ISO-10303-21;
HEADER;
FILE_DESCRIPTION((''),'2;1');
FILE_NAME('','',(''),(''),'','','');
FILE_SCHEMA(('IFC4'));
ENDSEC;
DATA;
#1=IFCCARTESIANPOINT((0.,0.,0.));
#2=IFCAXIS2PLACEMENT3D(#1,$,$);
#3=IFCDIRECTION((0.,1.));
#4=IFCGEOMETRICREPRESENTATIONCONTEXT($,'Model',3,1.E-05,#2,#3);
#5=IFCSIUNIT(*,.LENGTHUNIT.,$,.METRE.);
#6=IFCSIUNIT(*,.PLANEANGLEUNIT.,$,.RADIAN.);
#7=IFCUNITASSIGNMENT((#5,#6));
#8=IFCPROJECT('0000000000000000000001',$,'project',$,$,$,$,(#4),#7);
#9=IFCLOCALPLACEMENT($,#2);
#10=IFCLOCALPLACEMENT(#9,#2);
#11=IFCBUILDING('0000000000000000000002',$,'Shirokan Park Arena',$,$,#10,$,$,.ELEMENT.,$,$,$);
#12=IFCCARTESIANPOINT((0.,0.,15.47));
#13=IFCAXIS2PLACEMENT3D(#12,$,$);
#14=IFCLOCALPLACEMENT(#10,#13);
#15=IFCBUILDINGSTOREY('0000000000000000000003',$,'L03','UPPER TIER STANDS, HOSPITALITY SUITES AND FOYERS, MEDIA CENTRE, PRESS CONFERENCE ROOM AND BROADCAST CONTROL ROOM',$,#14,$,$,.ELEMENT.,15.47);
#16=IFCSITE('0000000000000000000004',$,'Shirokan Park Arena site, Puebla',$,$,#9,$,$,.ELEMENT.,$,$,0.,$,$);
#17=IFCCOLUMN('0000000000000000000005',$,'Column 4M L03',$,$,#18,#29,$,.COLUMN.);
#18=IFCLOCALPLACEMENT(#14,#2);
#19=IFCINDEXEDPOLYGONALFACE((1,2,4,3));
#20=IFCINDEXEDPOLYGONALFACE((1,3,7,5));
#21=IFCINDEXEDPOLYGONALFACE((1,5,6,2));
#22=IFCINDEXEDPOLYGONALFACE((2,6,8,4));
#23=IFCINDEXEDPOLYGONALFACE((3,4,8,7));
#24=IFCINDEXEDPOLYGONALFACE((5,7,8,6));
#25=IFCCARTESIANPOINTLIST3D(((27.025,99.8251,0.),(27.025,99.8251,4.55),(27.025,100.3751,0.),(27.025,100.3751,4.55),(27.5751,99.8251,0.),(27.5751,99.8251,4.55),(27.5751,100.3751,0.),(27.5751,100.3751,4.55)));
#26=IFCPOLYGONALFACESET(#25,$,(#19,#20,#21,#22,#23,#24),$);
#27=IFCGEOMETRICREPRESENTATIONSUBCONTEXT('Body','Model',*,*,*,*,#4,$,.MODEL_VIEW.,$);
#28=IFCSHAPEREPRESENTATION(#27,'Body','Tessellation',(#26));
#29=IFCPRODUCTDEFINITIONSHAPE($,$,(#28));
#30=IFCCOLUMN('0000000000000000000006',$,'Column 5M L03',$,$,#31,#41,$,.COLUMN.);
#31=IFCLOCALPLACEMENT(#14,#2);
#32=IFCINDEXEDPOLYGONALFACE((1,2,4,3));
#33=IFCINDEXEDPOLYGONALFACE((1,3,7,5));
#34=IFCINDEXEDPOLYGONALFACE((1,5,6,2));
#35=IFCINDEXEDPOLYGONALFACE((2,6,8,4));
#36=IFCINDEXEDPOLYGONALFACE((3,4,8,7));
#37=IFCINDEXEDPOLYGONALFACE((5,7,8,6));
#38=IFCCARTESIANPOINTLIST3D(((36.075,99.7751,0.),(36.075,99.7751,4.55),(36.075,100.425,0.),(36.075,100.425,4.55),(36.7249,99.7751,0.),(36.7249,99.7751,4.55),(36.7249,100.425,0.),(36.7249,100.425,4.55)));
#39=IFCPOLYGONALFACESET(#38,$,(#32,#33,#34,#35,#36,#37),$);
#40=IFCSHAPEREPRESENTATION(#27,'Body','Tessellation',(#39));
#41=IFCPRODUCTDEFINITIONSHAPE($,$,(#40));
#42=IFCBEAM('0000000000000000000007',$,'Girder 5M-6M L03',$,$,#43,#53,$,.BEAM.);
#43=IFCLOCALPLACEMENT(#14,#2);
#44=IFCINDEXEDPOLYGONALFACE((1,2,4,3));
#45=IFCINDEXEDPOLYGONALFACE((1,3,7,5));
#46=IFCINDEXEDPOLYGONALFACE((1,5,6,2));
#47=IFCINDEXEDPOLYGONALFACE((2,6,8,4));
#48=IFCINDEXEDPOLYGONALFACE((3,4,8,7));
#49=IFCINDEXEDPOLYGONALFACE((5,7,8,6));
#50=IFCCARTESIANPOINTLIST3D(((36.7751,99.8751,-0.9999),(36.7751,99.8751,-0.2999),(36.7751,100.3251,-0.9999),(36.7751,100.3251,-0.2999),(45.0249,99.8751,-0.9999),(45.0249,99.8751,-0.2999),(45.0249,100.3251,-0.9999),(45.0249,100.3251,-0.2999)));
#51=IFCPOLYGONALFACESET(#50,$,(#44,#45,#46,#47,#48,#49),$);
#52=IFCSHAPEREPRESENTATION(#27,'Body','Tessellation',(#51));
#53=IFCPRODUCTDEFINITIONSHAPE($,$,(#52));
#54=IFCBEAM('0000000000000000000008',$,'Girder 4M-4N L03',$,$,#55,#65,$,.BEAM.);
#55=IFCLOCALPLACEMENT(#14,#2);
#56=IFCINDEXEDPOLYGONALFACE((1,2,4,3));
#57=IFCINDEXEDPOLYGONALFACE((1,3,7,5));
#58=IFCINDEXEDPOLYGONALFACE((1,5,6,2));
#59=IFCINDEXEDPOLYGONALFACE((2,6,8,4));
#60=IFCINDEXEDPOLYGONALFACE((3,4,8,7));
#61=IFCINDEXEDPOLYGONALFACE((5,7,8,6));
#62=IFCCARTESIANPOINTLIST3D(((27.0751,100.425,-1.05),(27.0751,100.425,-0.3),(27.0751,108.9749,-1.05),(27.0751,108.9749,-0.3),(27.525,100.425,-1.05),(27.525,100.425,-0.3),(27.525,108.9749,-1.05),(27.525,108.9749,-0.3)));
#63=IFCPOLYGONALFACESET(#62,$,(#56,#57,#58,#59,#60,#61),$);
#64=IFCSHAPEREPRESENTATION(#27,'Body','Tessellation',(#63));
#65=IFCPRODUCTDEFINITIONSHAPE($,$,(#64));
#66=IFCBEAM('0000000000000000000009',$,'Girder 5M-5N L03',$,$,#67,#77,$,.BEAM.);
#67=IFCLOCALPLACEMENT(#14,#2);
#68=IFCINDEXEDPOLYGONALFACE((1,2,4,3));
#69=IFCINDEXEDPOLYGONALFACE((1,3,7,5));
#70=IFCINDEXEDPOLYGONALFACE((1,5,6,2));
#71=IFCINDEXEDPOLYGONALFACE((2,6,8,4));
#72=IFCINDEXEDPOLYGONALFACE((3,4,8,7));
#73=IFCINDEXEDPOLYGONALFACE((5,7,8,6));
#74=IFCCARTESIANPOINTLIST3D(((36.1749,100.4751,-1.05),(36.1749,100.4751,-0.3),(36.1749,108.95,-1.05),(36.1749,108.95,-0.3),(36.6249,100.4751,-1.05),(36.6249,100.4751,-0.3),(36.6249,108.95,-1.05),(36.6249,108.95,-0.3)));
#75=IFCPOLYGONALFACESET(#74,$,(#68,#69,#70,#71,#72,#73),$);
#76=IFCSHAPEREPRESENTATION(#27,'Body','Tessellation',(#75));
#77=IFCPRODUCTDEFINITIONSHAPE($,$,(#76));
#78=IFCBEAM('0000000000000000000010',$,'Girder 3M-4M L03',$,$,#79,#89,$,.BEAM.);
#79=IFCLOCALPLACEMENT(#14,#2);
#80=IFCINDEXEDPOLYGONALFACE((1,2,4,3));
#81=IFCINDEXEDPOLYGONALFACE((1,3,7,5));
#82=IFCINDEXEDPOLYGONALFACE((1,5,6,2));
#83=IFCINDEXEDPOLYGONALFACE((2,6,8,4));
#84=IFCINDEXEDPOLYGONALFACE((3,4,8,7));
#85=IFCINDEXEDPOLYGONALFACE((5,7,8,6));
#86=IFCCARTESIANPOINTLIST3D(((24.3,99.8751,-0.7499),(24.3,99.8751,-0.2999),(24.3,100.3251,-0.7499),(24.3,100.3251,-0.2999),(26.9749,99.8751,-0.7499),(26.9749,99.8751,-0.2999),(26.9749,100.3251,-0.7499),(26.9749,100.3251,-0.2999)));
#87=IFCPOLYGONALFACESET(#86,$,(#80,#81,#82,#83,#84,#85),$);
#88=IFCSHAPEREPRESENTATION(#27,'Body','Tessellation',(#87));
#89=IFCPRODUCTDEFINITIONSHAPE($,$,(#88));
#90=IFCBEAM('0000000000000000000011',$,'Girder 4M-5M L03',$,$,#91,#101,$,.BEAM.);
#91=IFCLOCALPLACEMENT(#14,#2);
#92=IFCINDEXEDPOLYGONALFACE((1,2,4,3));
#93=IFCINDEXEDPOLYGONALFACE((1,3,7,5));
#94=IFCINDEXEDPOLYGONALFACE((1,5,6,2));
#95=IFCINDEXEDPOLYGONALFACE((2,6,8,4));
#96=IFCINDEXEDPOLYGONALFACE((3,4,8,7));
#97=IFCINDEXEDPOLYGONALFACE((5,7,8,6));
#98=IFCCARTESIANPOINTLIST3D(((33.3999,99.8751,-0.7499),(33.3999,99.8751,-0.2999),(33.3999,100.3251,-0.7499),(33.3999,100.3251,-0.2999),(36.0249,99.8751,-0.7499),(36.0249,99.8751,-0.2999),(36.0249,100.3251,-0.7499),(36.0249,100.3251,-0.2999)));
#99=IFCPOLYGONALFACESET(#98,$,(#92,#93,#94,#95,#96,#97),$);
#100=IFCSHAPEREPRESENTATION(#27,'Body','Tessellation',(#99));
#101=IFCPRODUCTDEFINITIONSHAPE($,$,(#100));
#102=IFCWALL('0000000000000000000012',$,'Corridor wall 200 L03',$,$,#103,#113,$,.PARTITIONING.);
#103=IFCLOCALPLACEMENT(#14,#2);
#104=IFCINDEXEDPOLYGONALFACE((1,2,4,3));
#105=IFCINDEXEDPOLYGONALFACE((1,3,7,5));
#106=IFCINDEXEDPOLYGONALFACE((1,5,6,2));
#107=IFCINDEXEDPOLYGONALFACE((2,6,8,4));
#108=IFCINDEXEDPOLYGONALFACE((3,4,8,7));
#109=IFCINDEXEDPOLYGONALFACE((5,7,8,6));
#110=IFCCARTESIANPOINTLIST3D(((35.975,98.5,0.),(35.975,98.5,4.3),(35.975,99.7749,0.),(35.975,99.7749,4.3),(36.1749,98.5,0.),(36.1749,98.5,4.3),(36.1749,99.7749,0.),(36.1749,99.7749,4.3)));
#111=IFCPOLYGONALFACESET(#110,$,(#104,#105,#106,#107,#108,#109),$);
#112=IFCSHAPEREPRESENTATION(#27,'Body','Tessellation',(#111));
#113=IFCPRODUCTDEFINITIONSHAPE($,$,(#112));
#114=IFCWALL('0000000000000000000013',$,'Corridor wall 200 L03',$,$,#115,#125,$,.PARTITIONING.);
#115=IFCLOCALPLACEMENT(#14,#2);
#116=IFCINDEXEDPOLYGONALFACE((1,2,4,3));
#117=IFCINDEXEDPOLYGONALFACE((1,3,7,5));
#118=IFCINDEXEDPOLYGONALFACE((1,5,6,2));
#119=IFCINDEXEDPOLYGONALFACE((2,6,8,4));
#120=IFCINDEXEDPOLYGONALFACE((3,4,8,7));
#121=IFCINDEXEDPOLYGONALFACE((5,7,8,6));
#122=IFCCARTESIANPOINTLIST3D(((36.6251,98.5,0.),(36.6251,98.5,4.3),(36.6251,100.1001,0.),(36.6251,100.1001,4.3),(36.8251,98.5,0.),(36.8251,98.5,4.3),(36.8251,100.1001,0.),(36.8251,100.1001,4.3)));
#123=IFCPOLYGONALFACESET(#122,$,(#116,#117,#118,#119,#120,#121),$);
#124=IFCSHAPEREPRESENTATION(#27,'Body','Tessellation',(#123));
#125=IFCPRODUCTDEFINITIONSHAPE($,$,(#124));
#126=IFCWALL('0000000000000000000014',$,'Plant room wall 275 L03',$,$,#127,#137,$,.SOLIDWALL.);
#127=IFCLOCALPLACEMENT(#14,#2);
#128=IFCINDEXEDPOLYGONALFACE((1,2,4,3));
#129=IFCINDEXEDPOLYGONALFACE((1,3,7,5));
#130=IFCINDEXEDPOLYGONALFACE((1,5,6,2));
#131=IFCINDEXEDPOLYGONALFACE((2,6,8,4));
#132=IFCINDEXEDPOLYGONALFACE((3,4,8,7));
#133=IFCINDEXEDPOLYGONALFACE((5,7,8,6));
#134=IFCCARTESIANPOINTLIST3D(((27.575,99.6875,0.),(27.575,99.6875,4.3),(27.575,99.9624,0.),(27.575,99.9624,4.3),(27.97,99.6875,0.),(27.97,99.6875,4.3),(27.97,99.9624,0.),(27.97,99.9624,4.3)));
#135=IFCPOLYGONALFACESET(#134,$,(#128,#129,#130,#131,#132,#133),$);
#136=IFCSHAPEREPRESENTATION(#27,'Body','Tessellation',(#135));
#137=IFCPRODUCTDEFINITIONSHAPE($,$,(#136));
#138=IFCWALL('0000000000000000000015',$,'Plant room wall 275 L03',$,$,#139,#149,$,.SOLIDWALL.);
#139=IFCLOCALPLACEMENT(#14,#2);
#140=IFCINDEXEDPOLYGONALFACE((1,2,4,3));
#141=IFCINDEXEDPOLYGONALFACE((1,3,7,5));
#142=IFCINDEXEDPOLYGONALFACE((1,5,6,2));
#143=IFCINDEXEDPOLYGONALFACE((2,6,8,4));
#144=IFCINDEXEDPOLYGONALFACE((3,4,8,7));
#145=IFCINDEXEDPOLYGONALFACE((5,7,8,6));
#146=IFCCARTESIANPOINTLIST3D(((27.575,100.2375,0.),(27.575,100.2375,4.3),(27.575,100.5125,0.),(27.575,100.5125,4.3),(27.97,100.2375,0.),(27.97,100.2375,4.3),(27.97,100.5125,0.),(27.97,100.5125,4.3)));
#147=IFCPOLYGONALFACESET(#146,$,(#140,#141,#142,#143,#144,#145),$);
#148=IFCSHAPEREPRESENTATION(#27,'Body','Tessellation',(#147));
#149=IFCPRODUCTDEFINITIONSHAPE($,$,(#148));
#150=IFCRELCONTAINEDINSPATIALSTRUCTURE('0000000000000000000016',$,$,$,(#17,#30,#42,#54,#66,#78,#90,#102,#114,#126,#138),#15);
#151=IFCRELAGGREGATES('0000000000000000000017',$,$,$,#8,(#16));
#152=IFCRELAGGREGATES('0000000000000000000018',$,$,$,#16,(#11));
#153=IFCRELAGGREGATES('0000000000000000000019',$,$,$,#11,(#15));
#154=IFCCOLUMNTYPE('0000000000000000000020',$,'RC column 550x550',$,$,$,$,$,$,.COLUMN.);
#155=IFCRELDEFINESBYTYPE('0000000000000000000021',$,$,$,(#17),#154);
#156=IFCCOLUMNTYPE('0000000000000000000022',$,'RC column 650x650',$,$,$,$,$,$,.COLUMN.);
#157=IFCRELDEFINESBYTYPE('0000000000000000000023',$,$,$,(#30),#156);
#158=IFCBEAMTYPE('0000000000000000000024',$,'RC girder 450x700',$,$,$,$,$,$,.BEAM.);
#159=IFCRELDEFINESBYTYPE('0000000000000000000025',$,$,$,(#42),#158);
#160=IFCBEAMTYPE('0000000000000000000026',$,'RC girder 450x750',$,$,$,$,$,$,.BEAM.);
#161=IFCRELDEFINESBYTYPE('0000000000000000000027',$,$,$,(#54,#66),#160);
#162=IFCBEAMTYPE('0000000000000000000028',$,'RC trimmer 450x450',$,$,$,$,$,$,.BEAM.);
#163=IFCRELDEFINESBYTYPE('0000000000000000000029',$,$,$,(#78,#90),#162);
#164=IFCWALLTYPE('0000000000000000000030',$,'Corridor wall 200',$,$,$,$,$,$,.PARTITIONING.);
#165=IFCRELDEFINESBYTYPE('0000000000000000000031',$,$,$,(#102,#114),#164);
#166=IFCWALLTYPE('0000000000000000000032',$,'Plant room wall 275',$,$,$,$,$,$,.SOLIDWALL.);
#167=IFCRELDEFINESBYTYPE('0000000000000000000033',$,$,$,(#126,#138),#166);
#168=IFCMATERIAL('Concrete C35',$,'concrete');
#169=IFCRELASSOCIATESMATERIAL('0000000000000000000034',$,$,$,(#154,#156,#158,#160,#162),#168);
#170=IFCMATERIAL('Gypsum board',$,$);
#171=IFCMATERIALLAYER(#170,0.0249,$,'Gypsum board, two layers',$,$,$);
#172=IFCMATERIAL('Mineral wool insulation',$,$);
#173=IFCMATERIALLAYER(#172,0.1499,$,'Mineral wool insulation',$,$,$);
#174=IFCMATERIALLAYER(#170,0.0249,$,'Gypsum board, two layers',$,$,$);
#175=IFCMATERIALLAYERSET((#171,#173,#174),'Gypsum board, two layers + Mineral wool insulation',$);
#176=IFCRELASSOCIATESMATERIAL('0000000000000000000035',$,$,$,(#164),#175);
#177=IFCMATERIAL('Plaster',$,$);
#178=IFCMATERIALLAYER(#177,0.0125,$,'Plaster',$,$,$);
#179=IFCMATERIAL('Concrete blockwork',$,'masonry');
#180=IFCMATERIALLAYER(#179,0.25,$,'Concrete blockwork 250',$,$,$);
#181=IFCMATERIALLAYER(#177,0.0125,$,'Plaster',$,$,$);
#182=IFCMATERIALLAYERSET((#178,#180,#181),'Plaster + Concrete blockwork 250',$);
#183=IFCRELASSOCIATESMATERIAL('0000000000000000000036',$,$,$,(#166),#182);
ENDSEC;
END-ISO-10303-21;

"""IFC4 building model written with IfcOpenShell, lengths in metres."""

from ifc_helpers import new_model, si_unit, direction, frame, frame_2d, origin, origin_2d, place, context, subcontext, project, spatial, rectangle, extrude, material, layer, layer_set, material_profile, profile_set, type_object, element, save


model = new_model("IFC4")

# Units and contexts
model_context = context("Model", 3, precision=1e-05, world=origin(), true_north=direction((0.0, 1.0)))
body_context = subcontext(model_context, "Body", "Model", "MODEL_VIEW")
ifc_project = project(units=[si_unit("LENGTHUNIT", "METRE"), si_unit("PLANEANGLEUNIT", "RADIAN")], contexts=[model_context])

# Site, building, storey
site_placement = place(None, origin())
site = spatial("IfcSite", under=ifc_project, at=site_placement, Name="Shirokan Park Arena site, Puebla", CompositionType="ELEMENT", RefElevation=0.0)
building_placement = place(site_placement, origin())
building = spatial("IfcBuilding", under=site, at=building_placement, Name="Shirokan Park Arena", CompositionType="ELEMENT")
storey_placement = place(building_placement, frame((0.0, 0.0, 15.47)))
storey = spatial("IfcBuildingStorey", under=building, at=storey_placement, Name="L03", Description="UPPER TIER STANDS, HOSPITALITY SUITES AND FOYERS, MEDIA CENTRE, PRESS CONFERENCE ROOM AND BROADCAST CONTROL ROOM", CompositionType="ELEMENT", Elevation=15.47)

# Columns
ifc_material_1 = material(Name="Concrete C35", Category="concrete")
ifc_material_profile_1 = material_profile(ifc_material_1, rectangle(XDim=0.55, YDim=0.55, at=origin_2d()), Name="550x550")
ifc_profile_set_1 = profile_set([ifc_material_profile_1], Name="Concrete C35")
column_type_1 = type_object("IfcColumnType", Name="RC column 550x550", PredefinedType="COLUMN", material=ifc_profile_set_1)
column_1_placement = place(storey_placement, frame((27.3, 100.1001, 0.0), z_axis=(0.0, 0.0, 1.0), x_axis=(1.0, 0.0, 0.0)))
element("IfcColumn", 1, at=column_1_placement, inside=storey, type_object=column_type_1, Name="Column 4M L03", PredefinedType="COLUMN", context=body_context, shape_type="SweptSolid", body=[
    extrude(rectangle(XDim=0.55, YDim=0.55, at=origin_2d()), origin(), (0.0, 0.0, 1.0), 4.55),
])
ifc_material_profile_2 = material_profile(ifc_material_1, rectangle(XDim=0.6499, YDim=0.6499, at=origin_2d()), Name="650x650")
ifc_profile_set_2 = profile_set([ifc_material_profile_2], Name="Concrete C35")
column_type_2 = type_object("IfcColumnType", Name="RC column 650x650", PredefinedType="COLUMN", material=ifc_profile_set_2)
column_2_placement = place(storey_placement, frame((36.3999, 100.1001, 0.0), z_axis=(0.0, 0.0, 1.0), x_axis=(1.0, 0.0, 0.0)))
element("IfcColumn", 2, at=column_2_placement, inside=storey, type_object=column_type_2, Name="Column 5M L03", PredefinedType="COLUMN", context=body_context, shape_type="SweptSolid", body=[
    extrude(rectangle(XDim=0.6499, YDim=0.6499, at=origin_2d()), origin(), (0.0, 0.0, 1.0), 4.55),
])

# Beams
ifc_material_profile_3 = material_profile(ifc_material_1, rectangle(XDim=0.45, YDim=0.7, at=origin_2d()), Name="450x700")
ifc_profile_set_3 = profile_set([ifc_material_profile_3], Name="Concrete C35")
beam_type_1 = type_object("IfcBeamType", Name="RC girder 450x700", PredefinedType="BEAM", material=ifc_profile_set_3)
beam_1_placement = place(storey_placement, frame((36.7751, 100.1001, -0.6499), z_axis=(1.0, 0.0, 0.0), x_axis=(0.0, 1.0, 0.0)))
element("IfcBeam", 3, at=beam_1_placement, inside=storey, type_object=beam_type_1, Name="Girder 5M-6M L03", PredefinedType="BEAM", context=body_context, shape_type="SweptSolid", body=[
    extrude(rectangle(XDim=0.45, YDim=0.7, at=origin_2d()), origin(), (0.0, 0.0, 1.0), 8.2498),
])
ifc_material_profile_4 = material_profile(ifc_material_1, rectangle(XDim=0.45, YDim=0.75, at=origin_2d()), Name="450x750")
ifc_profile_set_4 = profile_set([ifc_material_profile_4], Name="Concrete C35")
beam_type_2 = type_object("IfcBeamType", Name="RC girder 450x750", PredefinedType="BEAM", material=ifc_profile_set_4)
beam_2_placement = place(storey_placement, frame((27.3, 100.425, -0.675), z_axis=(0.0, 1.0, 0.0), x_axis=(-1.0, 0.0, 0.0)))
element("IfcBeam", 4, at=beam_2_placement, inside=storey, type_object=beam_type_2, Name="Girder 4M-4N L03", PredefinedType="BEAM", context=body_context, shape_type="SweptSolid", body=[
    extrude(rectangle(XDim=0.45, YDim=0.75, at=origin_2d()), origin(), (0.0, 0.0, 1.0), 8.5498),
])
beam_3_placement = place(storey_placement, frame((36.3999, 100.4751, -0.675), z_axis=(0.0, 1.0, 0.0), x_axis=(-1.0, 0.0, 0.0)))
element("IfcBeam", 5, at=beam_3_placement, inside=storey, type_object=beam_type_2, Name="Girder 5M-5N L03", PredefinedType="BEAM", context=body_context, shape_type="SweptSolid", body=[
    extrude(rectangle(XDim=0.45, YDim=0.75, at=origin_2d()), origin(), (0.0, 0.0, 1.0), 8.4749),
])
ifc_material_profile_5 = material_profile(ifc_material_1, rectangle(XDim=0.45, YDim=0.45, at=origin_2d()), Name="450x450")
ifc_profile_set_5 = profile_set([ifc_material_profile_5], Name="Concrete C35")
beam_type_3 = type_object("IfcBeamType", Name="RC trimmer 450x450", PredefinedType="BEAM", material=ifc_profile_set_5)
beam_4_placement = place(storey_placement, frame((24.3, 100.1001, -0.5249), z_axis=(1.0, 0.0, 0.0), x_axis=(0.0, 1.0, 0.0)))
element("IfcBeam", 6, at=beam_4_placement, inside=storey, type_object=beam_type_3, Name="Girder 3M-4M L03", PredefinedType="BEAM", context=body_context, shape_type="SweptSolid", body=[
    extrude(rectangle(XDim=0.45, YDim=0.45, at=origin_2d()), origin(), (0.0, 0.0, 1.0), 2.6748),
])
beam_5_placement = place(storey_placement, frame((33.3999, 100.1001, -0.5249), z_axis=(1.0, 0.0, 0.0), x_axis=(0.0, 1.0, 0.0)))
element("IfcBeam", 7, at=beam_5_placement, inside=storey, type_object=beam_type_3, Name="Girder 4M-5M L03", PredefinedType="BEAM", context=body_context, shape_type="SweptSolid", body=[
    extrude(rectangle(XDim=0.45, YDim=0.45, at=origin_2d()), origin(), (0.0, 0.0, 1.0), 2.625),
])

# Shared definitions
ifc_material_2 = material(Name="Gypsum board")
ifc_layer_1 = layer(ifc_material_2, 0.0249, Name="Gypsum board, two layers")
ifc_material_3 = material(Name="Mineral wool insulation")
ifc_layer_2 = layer(ifc_material_3, 0.1499, Name="Mineral wool insulation")
ifc_layer_3 = layer(ifc_material_2, 0.0249, Name="Gypsum board, two layers")
ifc_layer_set_1 = layer_set([ifc_layer_1, ifc_layer_2, ifc_layer_3], Name="Gypsum board, two layers + Mineral wool insulation")
wall_type_1 = type_object("IfcWallType", Name="Corridor wall 200", PredefinedType="PARTITIONING", material=ifc_layer_set_1)

# Wall
wall_1_placement = place(storey_placement, frame((36.075, 98.5, 0.0), z_axis=(0.0, 0.0, 1.0), x_axis=(0.0, 1.0, 0.0)))
element("IfcWall", 8, at=wall_1_placement, inside=storey, type_object=wall_type_1, Name="Corridor wall 200 L03", PredefinedType="PARTITIONING", context=body_context, shape_type="SweptSolid", body=[
    extrude(rectangle(XDim=1.2749, YDim=0.2, at=frame_2d((0.6375, 0.0))), origin(), (0.0, 0.0, 1.0), 4.3),
])

# Wall
wall_2_placement = place(storey_placement, frame((36.7251, 98.5, 0.0), z_axis=(0.0, 0.0, 1.0), x_axis=(0.0, 1.0, 0.0)))
element("IfcWall", 9, at=wall_2_placement, inside=storey, type_object=wall_type_1, Name="Corridor wall 200 L03", PredefinedType="PARTITIONING", context=body_context, shape_type="SweptSolid", body=[
    extrude(rectangle(XDim=1.6001, YDim=0.2, at=frame_2d((0.8, 0.0))), origin(), (0.0, 0.0, 1.0), 4.3),
])

# Shared definitions
ifc_material_4 = material(Name="Plaster")
ifc_layer_4 = layer(ifc_material_4, 0.0125, Name="Plaster")
ifc_material_5 = material(Name="Concrete blockwork", Category="masonry")
ifc_layer_5 = layer(ifc_material_5, 0.25, Name="Concrete blockwork 250")
ifc_layer_6 = layer(ifc_material_4, 0.0125, Name="Plaster")
ifc_layer_set_2 = layer_set([ifc_layer_4, ifc_layer_5, ifc_layer_6], Name="Plaster + Concrete blockwork 250")
wall_type_2 = type_object("IfcWallType", Name="Plant room wall 275", PredefinedType="SOLIDWALL", material=ifc_layer_set_2)

# Walls
for number, where, z_axis, x_axis, name in (
    (10, (27.575, 99.825, 0.0), (0.0, 0.0, 1.0), (1.0, 0.0, 0.0), "Plant room wall 275 L03"),
    (11, (27.97, 100.375, 0.0), (0.0, 0.0, 1.0), (-1.0, 0.0, 0.0), "Plant room wall 275 L03"),
):
    element("IfcWall", number, at=place(storey_placement, frame(where, z_axis=z_axis, x_axis=x_axis)), inside=storey, type_object=wall_type_2, Name=name, PredefinedType="SOLIDWALL", context=body_context, shape_type="SweptSolid", body=[
        extrude(rectangle(XDim=0.395, YDim=0.2749, at=frame_2d((0.1975, 0.0))), origin(), (0.0, 0.0, 1.0), 4.3),
    ])

save(model, "model.ifc")
